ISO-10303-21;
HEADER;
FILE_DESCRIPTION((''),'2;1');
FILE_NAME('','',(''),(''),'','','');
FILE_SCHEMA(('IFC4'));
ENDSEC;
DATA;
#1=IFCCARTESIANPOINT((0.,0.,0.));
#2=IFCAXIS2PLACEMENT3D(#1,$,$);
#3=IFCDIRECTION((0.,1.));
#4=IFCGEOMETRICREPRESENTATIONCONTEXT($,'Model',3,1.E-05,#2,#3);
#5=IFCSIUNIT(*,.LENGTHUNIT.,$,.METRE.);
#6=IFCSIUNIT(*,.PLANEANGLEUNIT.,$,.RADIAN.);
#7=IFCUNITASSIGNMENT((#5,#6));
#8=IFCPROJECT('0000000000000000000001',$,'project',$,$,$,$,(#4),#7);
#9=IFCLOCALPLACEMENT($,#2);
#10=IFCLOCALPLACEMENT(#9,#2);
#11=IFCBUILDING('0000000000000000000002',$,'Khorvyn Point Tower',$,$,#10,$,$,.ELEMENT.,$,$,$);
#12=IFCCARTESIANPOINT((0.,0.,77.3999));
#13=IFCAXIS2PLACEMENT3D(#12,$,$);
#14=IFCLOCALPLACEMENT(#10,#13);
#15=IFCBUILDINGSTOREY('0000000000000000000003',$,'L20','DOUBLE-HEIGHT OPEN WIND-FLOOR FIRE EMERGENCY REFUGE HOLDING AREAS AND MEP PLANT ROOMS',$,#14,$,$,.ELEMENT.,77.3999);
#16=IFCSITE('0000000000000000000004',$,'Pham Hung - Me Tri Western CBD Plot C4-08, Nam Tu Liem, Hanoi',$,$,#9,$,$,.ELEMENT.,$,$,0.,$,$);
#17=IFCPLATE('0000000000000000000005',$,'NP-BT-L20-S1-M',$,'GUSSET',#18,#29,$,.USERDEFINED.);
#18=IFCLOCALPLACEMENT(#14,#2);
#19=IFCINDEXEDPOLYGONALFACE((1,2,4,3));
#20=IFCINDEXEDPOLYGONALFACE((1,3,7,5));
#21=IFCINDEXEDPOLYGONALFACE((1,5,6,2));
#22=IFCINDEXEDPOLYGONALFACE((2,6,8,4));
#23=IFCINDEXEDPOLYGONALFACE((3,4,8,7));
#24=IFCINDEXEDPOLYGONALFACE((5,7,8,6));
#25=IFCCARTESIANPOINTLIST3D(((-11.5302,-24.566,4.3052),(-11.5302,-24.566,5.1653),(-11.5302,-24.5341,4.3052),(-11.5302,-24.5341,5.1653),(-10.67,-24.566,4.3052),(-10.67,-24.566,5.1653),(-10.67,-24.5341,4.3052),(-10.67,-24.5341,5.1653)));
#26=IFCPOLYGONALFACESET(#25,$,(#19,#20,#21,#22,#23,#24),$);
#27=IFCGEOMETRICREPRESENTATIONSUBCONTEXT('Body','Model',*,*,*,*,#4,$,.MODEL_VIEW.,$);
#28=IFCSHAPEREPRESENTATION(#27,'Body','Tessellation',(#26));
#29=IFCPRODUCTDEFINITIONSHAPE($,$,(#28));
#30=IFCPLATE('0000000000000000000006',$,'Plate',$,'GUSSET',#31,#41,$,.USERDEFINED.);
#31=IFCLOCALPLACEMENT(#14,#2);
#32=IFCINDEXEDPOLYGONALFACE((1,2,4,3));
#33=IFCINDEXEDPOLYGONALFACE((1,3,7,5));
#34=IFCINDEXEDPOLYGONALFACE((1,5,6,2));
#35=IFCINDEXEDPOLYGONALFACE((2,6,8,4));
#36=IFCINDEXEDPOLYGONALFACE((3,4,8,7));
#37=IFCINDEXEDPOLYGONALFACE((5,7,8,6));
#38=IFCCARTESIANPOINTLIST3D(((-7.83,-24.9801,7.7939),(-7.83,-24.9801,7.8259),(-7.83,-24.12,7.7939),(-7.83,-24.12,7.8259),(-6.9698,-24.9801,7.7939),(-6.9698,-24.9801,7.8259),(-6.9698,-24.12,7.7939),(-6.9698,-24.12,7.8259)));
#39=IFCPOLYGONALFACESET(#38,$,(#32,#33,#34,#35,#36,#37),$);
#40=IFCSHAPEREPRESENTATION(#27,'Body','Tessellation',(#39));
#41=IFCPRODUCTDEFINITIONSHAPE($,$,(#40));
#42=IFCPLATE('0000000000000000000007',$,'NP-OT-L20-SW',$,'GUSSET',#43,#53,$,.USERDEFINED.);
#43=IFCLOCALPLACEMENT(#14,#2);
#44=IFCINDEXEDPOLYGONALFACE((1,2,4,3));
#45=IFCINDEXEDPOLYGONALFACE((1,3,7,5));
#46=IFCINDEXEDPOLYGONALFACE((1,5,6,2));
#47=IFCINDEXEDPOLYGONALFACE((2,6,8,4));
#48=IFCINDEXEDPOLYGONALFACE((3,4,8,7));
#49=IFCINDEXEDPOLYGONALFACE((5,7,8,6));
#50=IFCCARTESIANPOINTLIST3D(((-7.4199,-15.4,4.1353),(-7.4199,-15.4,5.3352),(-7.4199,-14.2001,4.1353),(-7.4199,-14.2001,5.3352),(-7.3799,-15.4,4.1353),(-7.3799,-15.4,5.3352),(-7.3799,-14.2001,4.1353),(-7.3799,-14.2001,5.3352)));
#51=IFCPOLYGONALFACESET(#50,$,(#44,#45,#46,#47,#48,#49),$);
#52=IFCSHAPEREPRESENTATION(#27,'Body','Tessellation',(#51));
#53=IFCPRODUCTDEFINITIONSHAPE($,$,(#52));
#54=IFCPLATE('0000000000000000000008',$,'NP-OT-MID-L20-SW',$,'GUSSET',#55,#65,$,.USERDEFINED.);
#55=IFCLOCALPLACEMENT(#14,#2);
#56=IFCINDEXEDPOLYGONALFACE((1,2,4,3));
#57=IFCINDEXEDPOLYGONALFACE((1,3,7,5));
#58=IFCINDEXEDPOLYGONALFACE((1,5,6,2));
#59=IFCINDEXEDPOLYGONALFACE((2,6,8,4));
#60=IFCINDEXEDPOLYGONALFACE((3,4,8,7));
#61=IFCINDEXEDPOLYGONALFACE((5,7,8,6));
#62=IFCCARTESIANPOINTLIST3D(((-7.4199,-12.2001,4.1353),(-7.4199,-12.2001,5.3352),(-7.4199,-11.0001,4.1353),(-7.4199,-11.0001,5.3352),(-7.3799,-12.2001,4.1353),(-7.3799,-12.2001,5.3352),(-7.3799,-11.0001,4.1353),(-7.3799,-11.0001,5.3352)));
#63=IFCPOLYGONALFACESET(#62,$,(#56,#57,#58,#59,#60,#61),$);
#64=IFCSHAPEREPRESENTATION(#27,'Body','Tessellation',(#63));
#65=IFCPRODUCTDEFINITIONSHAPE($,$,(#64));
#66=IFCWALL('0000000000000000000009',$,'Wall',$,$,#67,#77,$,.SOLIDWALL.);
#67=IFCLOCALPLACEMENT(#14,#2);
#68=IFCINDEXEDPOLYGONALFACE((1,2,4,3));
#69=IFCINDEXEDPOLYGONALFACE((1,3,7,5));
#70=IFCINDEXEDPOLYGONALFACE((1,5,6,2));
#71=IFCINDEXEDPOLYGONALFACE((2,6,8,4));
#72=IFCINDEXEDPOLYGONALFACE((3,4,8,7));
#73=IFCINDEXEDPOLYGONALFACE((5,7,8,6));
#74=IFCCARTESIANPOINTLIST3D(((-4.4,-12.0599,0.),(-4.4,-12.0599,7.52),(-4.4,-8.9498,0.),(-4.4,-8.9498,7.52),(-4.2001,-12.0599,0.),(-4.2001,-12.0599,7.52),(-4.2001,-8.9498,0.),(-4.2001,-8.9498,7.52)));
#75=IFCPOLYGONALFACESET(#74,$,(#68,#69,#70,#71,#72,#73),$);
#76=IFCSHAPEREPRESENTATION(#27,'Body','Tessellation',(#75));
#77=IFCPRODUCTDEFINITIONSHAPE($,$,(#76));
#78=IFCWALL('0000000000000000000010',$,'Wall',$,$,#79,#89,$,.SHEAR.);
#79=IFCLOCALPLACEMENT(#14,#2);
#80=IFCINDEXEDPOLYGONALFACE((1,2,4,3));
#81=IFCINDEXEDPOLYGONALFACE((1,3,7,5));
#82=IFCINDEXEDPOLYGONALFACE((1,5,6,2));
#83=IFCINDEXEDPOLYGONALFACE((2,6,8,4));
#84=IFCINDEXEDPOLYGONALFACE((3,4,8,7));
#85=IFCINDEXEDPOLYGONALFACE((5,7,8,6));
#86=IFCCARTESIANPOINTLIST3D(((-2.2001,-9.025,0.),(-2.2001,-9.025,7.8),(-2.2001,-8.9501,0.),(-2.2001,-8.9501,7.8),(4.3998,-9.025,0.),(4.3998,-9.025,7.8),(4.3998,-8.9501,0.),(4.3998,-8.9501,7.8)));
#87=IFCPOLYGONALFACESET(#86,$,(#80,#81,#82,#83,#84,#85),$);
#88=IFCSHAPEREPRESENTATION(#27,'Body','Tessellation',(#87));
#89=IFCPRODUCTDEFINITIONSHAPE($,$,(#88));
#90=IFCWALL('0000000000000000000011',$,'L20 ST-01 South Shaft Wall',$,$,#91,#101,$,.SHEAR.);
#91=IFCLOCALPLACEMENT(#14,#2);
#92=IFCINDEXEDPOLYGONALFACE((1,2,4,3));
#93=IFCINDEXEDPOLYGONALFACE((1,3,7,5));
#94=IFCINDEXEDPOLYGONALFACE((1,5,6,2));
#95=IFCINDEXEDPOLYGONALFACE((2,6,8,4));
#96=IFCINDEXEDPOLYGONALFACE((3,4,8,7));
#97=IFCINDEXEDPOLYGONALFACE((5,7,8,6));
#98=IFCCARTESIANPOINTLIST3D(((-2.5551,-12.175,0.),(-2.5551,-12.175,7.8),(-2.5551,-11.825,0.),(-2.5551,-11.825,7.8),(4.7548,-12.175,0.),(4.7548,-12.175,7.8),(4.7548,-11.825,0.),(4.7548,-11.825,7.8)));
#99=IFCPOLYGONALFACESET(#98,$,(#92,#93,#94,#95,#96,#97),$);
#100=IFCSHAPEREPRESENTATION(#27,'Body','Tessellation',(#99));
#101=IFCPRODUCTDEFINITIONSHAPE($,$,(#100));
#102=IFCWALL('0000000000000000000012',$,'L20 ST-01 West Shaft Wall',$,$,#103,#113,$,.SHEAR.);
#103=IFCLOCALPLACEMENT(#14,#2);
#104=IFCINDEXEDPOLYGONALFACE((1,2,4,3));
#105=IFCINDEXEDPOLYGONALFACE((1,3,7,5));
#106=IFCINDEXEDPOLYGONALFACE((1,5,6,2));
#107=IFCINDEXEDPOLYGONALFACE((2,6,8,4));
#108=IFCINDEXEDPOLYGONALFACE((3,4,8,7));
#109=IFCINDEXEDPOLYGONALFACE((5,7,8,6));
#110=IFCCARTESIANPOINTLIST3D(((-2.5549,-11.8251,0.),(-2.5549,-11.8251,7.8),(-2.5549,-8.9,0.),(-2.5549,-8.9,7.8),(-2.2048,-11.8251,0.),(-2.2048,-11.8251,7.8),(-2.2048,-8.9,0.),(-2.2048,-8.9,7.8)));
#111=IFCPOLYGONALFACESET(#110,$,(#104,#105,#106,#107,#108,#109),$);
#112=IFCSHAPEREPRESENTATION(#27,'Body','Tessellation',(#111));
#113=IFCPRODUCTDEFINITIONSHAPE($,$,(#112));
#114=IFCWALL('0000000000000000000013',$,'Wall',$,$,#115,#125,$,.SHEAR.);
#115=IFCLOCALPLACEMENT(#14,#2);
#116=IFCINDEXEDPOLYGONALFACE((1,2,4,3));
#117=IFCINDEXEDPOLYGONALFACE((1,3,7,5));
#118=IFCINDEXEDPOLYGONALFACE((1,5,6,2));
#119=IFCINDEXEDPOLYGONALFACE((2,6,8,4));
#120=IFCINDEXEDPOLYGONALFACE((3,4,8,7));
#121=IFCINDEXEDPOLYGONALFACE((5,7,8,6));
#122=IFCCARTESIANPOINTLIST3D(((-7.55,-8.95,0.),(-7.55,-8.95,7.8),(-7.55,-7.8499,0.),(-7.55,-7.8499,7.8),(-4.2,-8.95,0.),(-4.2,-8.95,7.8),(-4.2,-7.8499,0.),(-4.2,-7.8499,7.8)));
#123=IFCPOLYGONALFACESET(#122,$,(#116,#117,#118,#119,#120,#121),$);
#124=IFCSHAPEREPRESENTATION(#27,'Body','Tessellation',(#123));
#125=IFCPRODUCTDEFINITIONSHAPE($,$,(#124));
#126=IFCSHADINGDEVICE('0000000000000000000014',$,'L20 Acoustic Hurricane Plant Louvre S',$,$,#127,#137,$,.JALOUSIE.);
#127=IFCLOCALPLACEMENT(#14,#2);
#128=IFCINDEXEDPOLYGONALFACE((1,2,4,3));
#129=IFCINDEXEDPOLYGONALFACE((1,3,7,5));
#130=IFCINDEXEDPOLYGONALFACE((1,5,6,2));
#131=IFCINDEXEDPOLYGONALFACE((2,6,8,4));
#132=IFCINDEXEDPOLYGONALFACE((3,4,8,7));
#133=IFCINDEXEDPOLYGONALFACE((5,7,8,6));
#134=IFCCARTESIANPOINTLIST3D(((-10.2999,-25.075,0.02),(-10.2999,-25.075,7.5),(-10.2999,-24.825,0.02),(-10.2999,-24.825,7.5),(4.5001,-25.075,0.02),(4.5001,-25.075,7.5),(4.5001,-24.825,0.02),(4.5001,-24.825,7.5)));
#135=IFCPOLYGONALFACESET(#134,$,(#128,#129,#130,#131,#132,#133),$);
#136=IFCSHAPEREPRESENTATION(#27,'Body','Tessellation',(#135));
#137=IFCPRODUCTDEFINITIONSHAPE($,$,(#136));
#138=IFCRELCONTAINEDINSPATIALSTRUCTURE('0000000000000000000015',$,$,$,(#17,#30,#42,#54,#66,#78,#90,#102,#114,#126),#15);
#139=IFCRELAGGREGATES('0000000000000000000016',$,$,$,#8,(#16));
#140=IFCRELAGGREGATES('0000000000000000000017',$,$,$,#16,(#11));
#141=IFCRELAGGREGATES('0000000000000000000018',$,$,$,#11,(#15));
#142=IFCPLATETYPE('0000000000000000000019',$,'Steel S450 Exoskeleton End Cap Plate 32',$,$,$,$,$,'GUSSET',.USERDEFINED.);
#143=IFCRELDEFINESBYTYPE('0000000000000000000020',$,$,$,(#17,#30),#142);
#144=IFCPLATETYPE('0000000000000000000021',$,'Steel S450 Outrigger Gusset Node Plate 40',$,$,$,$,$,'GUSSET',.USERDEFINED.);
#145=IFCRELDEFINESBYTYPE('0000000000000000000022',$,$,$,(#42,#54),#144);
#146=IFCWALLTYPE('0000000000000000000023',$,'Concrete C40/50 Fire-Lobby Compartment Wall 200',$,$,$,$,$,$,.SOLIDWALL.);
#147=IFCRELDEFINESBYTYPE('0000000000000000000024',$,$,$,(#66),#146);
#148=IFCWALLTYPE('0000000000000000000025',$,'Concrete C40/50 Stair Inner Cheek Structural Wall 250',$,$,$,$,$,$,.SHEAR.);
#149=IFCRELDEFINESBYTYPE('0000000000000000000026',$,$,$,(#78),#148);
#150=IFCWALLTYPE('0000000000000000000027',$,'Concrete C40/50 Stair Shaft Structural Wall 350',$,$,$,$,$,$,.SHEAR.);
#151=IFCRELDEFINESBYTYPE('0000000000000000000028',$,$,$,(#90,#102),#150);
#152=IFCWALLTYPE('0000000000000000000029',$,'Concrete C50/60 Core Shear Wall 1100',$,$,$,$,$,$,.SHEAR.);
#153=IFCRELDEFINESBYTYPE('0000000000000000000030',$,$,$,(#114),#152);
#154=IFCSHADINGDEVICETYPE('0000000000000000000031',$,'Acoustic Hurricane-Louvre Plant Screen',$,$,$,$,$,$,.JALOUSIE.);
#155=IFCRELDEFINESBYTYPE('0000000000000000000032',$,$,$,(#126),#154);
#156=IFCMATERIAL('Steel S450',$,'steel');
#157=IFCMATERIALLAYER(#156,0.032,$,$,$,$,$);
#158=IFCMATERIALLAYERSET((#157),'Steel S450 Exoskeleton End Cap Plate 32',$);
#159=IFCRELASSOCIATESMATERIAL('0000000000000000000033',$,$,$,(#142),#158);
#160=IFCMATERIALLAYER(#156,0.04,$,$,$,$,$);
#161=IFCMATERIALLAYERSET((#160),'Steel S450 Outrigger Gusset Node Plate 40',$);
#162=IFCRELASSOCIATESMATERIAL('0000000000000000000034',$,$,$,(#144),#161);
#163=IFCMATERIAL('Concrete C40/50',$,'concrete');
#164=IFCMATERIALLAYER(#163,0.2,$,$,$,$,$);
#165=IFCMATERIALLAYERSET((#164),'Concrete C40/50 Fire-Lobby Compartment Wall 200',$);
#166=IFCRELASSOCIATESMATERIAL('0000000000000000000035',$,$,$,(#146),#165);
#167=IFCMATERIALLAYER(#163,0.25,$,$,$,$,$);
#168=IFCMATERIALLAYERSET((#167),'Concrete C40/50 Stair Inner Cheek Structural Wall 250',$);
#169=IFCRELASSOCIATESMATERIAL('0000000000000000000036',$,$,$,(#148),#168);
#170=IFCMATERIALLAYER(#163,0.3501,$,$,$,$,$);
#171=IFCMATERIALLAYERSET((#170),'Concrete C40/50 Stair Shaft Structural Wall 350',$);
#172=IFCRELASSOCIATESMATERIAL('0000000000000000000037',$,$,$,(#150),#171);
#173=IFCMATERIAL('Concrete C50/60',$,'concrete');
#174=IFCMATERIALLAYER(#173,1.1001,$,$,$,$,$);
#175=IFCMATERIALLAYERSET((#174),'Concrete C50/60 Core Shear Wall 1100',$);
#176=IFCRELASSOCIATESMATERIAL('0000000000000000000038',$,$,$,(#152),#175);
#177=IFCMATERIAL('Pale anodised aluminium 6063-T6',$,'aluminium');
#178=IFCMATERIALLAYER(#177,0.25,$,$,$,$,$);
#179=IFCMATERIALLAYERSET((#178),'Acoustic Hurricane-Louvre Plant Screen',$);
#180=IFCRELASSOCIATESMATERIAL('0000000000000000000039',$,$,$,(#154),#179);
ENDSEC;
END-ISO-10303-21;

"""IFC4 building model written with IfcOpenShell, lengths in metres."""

from ifc_helpers import new_model, si_unit, direction, frame, frame_2d, origin, origin_2d, place, context, subcontext, project, spatial, rectangle, extrude, material, layer, layer_set, type_object, element, save


model = new_model("IFC4")

# Units and contexts
model_context = context("Model", 3, precision=1e-05, world=origin(), true_north=direction((0.0, 1.0)))
body_context = subcontext(model_context, "Body", "Model", "MODEL_VIEW")
ifc_project = project(units=[si_unit("LENGTHUNIT", "METRE"), si_unit("PLANEANGLEUNIT", "RADIAN")], contexts=[model_context])

# Site, building, storey
site_placement = place(None, origin())
site = spatial("IfcSite", under=ifc_project, at=site_placement, Name="Pham Hung - Me Tri Western CBD Plot C4-08, Nam Tu Liem, Hanoi", CompositionType="ELEMENT", RefElevation=0.0)
building_placement = place(site_placement, origin())
building = spatial("IfcBuilding", under=site, at=building_placement, Name="Khorvyn Point Tower", CompositionType="ELEMENT")
storey_placement = place(building_placement, frame((0.0, 0.0, 77.3999)))
storey = spatial("IfcBuildingStorey", under=building, at=storey_placement, Name="L20", Description="DOUBLE-HEIGHT OPEN WIND-FLOOR FIRE EMERGENCY REFUGE HOLDING AREAS AND MEP PLANT ROOMS", CompositionType="ELEMENT", Elevation=77.3999)

# Shared definitions
ifc_material_1 = material(Name="Concrete C50/60", Category="concrete")
ifc_material_2 = material(Name="Steel S450", Category="steel")

# Plates
ifc_layer_1 = layer(ifc_material_2, 0.032)
ifc_layer_set_1 = layer_set([ifc_layer_1], Name="Steel S450 Exoskeleton End Cap Plate 32")
plate_type_1 = type_object("IfcPlateType", Name="Steel S450 Exoskeleton End Cap Plate 32", ElementType="GUSSET", PredefinedType="USERDEFINED", material=ifc_layer_set_1)
plate_1_placement = place(storey_placement, frame((-11.1001, -24.55, 4.3052), z_axis=(0.0, 0.0, 1.0), x_axis=(1.0, 0.0, 0.0)))
element("IfcPlate", 1, at=plate_1_placement, inside=storey, type_object=plate_type_1, Name="NP-BT-L20-S1-M", ObjectType="GUSSET", PredefinedType="USERDEFINED", context=body_context, shape_type="SweptSolid", body=[
    extrude(rectangle(XDim=0.8601, YDim=0.032, at=origin_2d()), origin(), (0.0, 0.0, 1.0), 0.8601),
])
plate_2_placement = place(storey_placement, frame((-7.3999, -24.55, 7.7939), z_axis=(0.0, 0.0, 1.0), x_axis=(1.0, 0.0, 0.0)))
element("IfcPlate", 2, at=plate_2_placement, inside=storey, type_object=plate_type_1, Name="Plate", ObjectType="GUSSET", PredefinedType="USERDEFINED", context=body_context, shape_type="SweptSolid", body=[
    extrude(rectangle(XDim=0.8601, YDim=0.8601, at=origin_2d()), origin(), (0.0, 0.0, 1.0), 0.032),
])
ifc_layer_2 = layer(ifc_material_2, 0.04)
ifc_layer_set_2 = layer_set([ifc_layer_2], Name="Steel S450 Outrigger Gusset Node Plate 40")
plate_type_2 = type_object("IfcPlateType", Name="Steel S450 Outrigger Gusset Node Plate 40", ElementType="GUSSET", PredefinedType="USERDEFINED", material=ifc_layer_set_2)
for number, where, z_axis, x_axis, name in (
    (3, (-7.3999, -14.8, 4.1353), (0.0, 0.0, 1.0), (1.0, 0.0, 0.0), "NP-OT-L20-SW"),
    (4, (-7.3999, -11.6001, 4.1353), (0.0, 0.0, 1.0), (1.0, 0.0, 0.0), "NP-OT-MID-L20-SW"),
):
    element("IfcPlate", number, at=place(storey_placement, frame(where, z_axis=z_axis, x_axis=x_axis)), inside=storey, type_object=plate_type_2, Name=name, ObjectType="GUSSET", PredefinedType="USERDEFINED", context=body_context, shape_type="SweptSolid", body=[
        extrude(rectangle(XDim=0.04, YDim=1.2, at=origin_2d()), origin(), (0.0, 0.0, 1.0), 1.2),
    ])

# Shared definitions
ifc_material_3 = material(Name="Concrete C40/50", Category="concrete")
ifc_layer_3 = layer(ifc_material_3, 0.2)
ifc_layer_set_3 = layer_set([ifc_layer_3], Name="Concrete C40/50 Fire-Lobby Compartment Wall 200")
wall_type_1 = type_object("IfcWallType", Name="Concrete C40/50 Fire-Lobby Compartment Wall 200", PredefinedType="SOLIDWALL", material=ifc_layer_set_3)

# Walls
wall_1_placement = place(storey_placement, frame((-4.3, -12.0601, 0.0), z_axis=(0.0, 0.0, 1.0), x_axis=(0.0, 1.0, 0.0)))
element("IfcWall", 5, at=wall_1_placement, inside=storey, type_object=wall_type_1, Name="Wall", PredefinedType="SOLIDWALL", context=body_context, shape_type="SweptSolid", body=[
    extrude(rectangle(XDim=3.1101, YDim=0.2, at=frame_2d((1.5552, 0.0))), origin(), (0.0, 0.0, 1.0), 7.52),
])
ifc_layer_4 = layer(ifc_material_3, 0.25)
ifc_layer_set_4 = layer_set([ifc_layer_4], Name="Concrete C40/50 Stair Inner Cheek Structural Wall 250")
wall_type_2 = type_object("IfcWallType", Name="Concrete C40/50 Stair Inner Cheek Structural Wall 250", PredefinedType="SHEAR", material=ifc_layer_set_4)
wall_2_placement = place(storey_placement, frame((-2.2, -8.9875, 0.0), z_axis=(0.0, 0.0, 1.0), x_axis=(1.0, 0.0, 0.0)))
element("IfcWall", 6, at=wall_2_placement, inside=storey, type_object=wall_type_2, Name="Wall", PredefinedType="SHEAR", context=body_context, shape_type="SweptSolid", body=[
    extrude(rectangle(XDim=6.5999, YDim=0.075, at=frame_2d((3.2998, 0.0))), origin(), (0.0, 0.0, 1.0), 7.8),
])
ifc_layer_5 = layer(ifc_material_3, 0.3501)
ifc_layer_set_5 = layer_set([ifc_layer_5], Name="Concrete C40/50 Stair Shaft Structural Wall 350")
wall_type_3 = type_object("IfcWallType", Name="Concrete C40/50 Stair Shaft Structural Wall 350", PredefinedType="SHEAR", material=ifc_layer_set_5)
wall_3_placement = place(storey_placement, frame((-2.5549, -12.0, 0.0), z_axis=(0.0, 0.0, 1.0), x_axis=(1.0, 0.0, 0.0)))
element("IfcWall", 7, at=wall_3_placement, inside=storey, type_object=wall_type_3, Name="L20 ST-01 South Shaft Wall", PredefinedType="SHEAR", context=body_context, shape_type="SweptSolid", body=[
    extrude(rectangle(XDim=7.3098, YDim=0.3501, at=frame_2d((3.6548, 0.0))), origin(), (0.0, 0.0, 1.0), 7.8),
])
wall_4_placement = place(storey_placement, frame((-2.3799, -11.825, 0.0), z_axis=(0.0, 0.0, 1.0), x_axis=(0.0, 1.0, 0.0)))
element("IfcWall", 8, at=wall_4_placement, inside=storey, type_object=wall_type_3, Name="L20 ST-01 West Shaft Wall", PredefinedType="SHEAR", context=body_context, shape_type="SweptSolid", body=[
    extrude(rectangle(XDim=2.925, YDim=0.3501, at=frame_2d((1.4624, 0.0))), origin(), (0.0, 0.0, 1.0), 7.8),
])
ifc_layer_6 = layer(ifc_material_1, 1.1001)
ifc_layer_set_6 = layer_set([ifc_layer_6], Name="Concrete C50/60 Core Shear Wall 1100")
wall_type_4 = type_object("IfcWallType", Name="Concrete C50/60 Core Shear Wall 1100", PredefinedType="SHEAR", material=ifc_layer_set_6)
wall_5_placement = place(storey_placement, frame((-7.55, -8.3999, 0.0), z_axis=(0.0, 0.0, 1.0), x_axis=(1.0, 0.0, 0.0)))
element("IfcWall", 9, at=wall_5_placement, inside=storey, type_object=wall_type_4, Name="Wall", PredefinedType="SHEAR", context=body_context, shape_type="SweptSolid", body=[
    extrude(rectangle(XDim=3.3501, YDim=1.1001, at=frame_2d((1.675, 0.0))), origin(), (0.0, 0.0, 1.0), 7.8),
])

# Shading device
ifc_material_4 = material(Name="Pale anodised aluminium 6063-T6", Category="aluminium")
ifc_layer_7 = layer(ifc_material_4, 0.25)
ifc_layer_set_7 = layer_set([ifc_layer_7], Name="Acoustic Hurricane-Louvre Plant Screen")
shading_device_type = type_object("IfcShadingDeviceType", Name="Acoustic Hurricane-Louvre Plant Screen", PredefinedType="JALOUSIE", material=ifc_layer_set_7)
shading_device_placement = place(storey_placement, frame((-2.8999, -24.95, 0.02), z_axis=(0.0, 0.0, 1.0), x_axis=(1.0, 0.0, 0.0)))
element("IfcShadingDevice", 10, at=shading_device_placement, inside=storey, type_object=shading_device_type, Name="L20 Acoustic Hurricane Plant Louvre S", PredefinedType="JALOUSIE", context=body_context, shape_type="SweptSolid", body=[
    extrude(rectangle(XDim=14.8, YDim=0.25, at=origin_2d()), origin(), (0.0, 0.0, 1.0), 7.48),
])

save(model, "model.ifc")
